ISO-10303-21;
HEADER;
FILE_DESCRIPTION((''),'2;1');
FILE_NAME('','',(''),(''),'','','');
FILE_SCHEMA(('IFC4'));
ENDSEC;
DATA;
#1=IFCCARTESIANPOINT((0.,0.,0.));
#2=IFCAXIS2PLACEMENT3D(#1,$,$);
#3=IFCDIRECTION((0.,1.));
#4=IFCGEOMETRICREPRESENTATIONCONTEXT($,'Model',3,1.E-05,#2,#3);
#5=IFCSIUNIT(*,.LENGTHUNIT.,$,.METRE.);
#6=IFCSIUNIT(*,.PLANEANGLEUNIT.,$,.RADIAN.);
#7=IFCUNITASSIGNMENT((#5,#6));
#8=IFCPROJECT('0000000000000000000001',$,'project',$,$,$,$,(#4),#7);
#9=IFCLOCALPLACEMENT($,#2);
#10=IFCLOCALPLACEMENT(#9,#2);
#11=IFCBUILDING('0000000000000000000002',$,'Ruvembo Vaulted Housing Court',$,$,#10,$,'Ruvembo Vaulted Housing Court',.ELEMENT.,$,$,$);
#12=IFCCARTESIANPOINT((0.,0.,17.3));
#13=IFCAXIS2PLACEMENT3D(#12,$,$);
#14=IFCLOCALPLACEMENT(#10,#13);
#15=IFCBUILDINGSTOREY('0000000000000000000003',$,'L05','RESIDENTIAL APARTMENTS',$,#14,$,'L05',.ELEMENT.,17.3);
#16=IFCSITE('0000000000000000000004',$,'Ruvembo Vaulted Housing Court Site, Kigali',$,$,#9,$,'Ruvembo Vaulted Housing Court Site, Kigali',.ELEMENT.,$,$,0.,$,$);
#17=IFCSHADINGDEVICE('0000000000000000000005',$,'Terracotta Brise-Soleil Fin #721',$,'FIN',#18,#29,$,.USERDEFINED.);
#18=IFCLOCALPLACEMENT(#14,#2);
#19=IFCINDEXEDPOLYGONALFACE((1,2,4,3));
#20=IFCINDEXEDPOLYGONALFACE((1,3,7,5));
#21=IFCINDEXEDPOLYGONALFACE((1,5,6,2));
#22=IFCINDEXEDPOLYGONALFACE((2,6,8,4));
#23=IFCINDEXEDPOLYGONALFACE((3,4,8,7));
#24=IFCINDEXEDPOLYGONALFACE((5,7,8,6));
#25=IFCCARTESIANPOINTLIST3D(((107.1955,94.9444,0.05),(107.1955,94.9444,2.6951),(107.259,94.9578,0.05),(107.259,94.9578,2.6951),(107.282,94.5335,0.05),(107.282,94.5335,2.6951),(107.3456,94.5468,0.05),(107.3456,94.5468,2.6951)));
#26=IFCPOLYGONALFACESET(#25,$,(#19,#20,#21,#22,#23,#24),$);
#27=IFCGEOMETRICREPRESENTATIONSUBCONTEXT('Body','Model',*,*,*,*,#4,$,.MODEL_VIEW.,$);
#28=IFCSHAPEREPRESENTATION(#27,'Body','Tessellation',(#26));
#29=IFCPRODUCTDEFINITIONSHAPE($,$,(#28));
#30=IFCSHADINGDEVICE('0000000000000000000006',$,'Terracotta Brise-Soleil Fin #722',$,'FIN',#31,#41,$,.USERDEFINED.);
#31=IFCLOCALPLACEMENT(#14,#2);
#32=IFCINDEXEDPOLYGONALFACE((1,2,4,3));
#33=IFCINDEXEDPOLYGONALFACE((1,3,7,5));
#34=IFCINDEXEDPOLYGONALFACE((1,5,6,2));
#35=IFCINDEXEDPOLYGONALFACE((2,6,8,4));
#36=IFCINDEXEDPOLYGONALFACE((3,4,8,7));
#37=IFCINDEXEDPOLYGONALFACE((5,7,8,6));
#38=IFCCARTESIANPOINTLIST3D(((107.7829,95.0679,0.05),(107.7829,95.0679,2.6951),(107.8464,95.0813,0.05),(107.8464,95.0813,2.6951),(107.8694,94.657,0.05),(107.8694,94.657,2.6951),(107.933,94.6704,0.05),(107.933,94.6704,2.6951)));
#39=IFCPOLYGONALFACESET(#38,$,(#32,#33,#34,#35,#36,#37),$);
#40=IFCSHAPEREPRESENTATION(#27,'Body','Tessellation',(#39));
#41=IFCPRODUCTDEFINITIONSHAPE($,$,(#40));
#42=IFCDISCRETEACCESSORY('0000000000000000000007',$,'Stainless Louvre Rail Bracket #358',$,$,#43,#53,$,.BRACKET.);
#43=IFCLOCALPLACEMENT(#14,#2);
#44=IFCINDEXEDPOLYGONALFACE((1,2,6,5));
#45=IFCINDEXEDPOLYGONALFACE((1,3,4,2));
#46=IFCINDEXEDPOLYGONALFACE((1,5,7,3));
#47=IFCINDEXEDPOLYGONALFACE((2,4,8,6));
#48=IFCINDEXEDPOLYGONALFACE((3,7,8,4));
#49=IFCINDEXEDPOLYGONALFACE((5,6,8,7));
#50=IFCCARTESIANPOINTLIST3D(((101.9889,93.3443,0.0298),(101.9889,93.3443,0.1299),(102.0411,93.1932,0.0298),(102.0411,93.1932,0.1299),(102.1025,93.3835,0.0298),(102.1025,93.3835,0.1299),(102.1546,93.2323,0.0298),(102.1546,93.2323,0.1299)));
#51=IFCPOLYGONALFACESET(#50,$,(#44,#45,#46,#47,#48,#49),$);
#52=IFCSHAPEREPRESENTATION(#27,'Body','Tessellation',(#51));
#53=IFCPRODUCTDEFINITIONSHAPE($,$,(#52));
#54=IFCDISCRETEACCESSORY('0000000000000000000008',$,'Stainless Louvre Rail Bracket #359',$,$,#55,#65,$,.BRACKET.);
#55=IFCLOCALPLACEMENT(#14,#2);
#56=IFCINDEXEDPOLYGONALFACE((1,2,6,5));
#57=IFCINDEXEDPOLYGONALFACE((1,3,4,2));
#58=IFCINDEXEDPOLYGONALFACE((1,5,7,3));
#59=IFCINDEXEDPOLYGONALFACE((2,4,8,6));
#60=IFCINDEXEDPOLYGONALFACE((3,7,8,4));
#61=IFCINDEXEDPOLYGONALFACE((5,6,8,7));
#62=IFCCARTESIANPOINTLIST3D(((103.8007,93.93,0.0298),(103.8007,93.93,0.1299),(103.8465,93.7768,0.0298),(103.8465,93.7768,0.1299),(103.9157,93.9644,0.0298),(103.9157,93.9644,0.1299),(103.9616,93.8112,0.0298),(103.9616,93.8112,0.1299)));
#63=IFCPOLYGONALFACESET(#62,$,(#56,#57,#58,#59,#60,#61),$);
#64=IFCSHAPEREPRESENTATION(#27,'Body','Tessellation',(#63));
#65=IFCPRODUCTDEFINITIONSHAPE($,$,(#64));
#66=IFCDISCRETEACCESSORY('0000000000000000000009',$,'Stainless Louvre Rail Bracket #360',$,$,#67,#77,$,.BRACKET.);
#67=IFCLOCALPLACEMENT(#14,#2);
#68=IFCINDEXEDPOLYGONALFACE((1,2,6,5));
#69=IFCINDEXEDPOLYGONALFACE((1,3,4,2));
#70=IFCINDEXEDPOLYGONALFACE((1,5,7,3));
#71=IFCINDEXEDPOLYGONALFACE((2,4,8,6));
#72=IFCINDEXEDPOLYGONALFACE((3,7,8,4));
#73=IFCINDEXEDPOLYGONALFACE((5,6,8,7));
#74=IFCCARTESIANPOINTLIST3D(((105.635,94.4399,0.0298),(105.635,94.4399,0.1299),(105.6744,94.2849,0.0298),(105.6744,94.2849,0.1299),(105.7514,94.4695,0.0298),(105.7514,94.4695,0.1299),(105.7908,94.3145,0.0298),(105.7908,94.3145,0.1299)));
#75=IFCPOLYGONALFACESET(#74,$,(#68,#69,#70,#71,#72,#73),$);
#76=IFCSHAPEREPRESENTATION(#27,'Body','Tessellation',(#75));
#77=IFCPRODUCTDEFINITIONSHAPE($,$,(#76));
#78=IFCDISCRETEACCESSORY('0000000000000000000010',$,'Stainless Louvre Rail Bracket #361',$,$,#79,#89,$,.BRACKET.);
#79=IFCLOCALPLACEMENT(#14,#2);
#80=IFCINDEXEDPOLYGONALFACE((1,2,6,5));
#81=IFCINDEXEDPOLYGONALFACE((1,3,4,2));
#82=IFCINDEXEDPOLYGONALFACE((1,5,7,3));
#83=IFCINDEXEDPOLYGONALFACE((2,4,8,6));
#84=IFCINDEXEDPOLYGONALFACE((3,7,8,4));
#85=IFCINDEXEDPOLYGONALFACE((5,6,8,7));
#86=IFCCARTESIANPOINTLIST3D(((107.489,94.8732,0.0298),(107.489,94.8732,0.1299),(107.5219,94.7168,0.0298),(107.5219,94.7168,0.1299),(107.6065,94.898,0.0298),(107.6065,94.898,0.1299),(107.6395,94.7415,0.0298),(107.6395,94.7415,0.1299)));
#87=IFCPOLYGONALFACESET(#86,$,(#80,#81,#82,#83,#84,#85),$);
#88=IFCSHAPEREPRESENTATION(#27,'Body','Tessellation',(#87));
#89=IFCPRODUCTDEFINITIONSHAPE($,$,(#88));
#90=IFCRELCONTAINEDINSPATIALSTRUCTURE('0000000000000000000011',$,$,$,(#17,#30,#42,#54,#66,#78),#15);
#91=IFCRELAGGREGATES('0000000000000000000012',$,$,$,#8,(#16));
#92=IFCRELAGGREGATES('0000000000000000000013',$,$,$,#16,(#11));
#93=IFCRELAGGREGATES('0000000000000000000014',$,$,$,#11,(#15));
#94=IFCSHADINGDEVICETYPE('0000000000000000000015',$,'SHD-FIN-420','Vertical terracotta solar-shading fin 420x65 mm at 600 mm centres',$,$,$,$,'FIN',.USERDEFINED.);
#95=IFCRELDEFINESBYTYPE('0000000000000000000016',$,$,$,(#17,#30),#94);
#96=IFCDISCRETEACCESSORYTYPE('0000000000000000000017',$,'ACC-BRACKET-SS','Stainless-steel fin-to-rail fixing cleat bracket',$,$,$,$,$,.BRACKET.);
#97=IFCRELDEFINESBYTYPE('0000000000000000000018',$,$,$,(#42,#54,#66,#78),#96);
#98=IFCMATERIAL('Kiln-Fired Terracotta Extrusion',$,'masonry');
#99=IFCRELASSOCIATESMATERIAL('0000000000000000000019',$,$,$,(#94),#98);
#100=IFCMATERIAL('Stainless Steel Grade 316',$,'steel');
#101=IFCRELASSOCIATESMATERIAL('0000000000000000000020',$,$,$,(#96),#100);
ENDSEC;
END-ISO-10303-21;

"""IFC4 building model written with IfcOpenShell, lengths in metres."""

from ifc_helpers import new_model, si_unit, direction, frame, origin, origin_2d, place, context, subcontext, project, spatial, rectangle, extrude, material, type_object, element, save


model = new_model("IFC4")

# Units and contexts
model_context = context("Model", 3, precision=1e-05, world=origin(), true_north=direction((0.0, 1.0)))
body_context = subcontext(model_context, "Body", "Model", "MODEL_VIEW")
ifc_project = project(units=[si_unit("LENGTHUNIT", "METRE"), si_unit("PLANEANGLEUNIT", "RADIAN")], contexts=[model_context])

# Site, building, storey
site_placement = place(None, origin())
site = spatial("IfcSite", under=ifc_project, at=site_placement, Name="Ruvembo Vaulted Housing Court Site, Kigali", LongName="Ruvembo Vaulted Housing Court Site, Kigali", CompositionType="ELEMENT", RefElevation=0.0)
building_placement = place(site_placement, origin())
building = spatial("IfcBuilding", under=site, at=building_placement, Name="Ruvembo Vaulted Housing Court", LongName="Ruvembo Vaulted Housing Court", CompositionType="ELEMENT")
storey_placement = place(building_placement, frame((0.0, 0.0, 17.3)))
storey = spatial("IfcBuildingStorey", under=building, at=storey_placement, Name="L05", Description="RESIDENTIAL APARTMENTS", LongName="L05", CompositionType="ELEMENT", Elevation=17.3)

# Shading devices
ifc_material_1 = material(Name="Kiln-Fired Terracotta Extrusion", Category="masonry")
shading_device_type = type_object("IfcShadingDeviceType", Name="SHD-FIN-420", Description="Vertical terracotta solar-shading fin 420x65 mm at 600 mm centres", ElementType="FIN", PredefinedType="USERDEFINED", material=ifc_material_1)
for number, where, z_axis, x_axis, name in (
    (1, (107.2705, 94.7456, 0.05), (0.0, 0.0, 1.0), (0.206102, -0.978531, 0.0), "Terracotta Brise-Soleil Fin #721"),
    (2, (107.8579, 94.8691, 0.05), (0.0, 0.0, 1.0), (0.206102, -0.978531, 0.0), "Terracotta Brise-Soleil Fin #722"),
):
    element("IfcShadingDevice", number, at=place(storey_placement, frame(where, z_axis=z_axis, x_axis=x_axis)), inside=storey, type_object=shading_device_type, Name=name, ObjectType="FIN", PredefinedType="USERDEFINED", context=body_context, shape_type="SweptSolid", body=[
        extrude(rectangle(XDim=0.4199, YDim=0.0649, at=origin_2d()), origin(), (0.0, 0.0, 1.0), 2.645),
    ])

# Discrete accessories
ifc_material_2 = material(Name="Stainless Steel Grade 316", Category="steel")
discrete_accessory_type = type_object("IfcDiscreteAccessoryType", Name="ACC-BRACKET-SS", Description="Stainless-steel fin-to-rail fixing cleat bracket", PredefinedType="BRACKET", material=ifc_material_2)
for number, where, z_axis, x_axis, name in (
    (3, (102.0718, 93.2883, 0.0298), (0.0, 0.0, 1.0), (0.32603, -0.945359, 0.0), "Stainless Louvre Rail Bracket #358"),
    (4, (103.8811, 93.8706, 0.0298), (0.0, 0.0, 1.0), (0.286491, -0.958083, 0.0), "Stainless Louvre Rail Bracket #359"),
    (5, (105.7129, 94.3772, 0.0298), (0.0, 0.0, 1.0), (0.246492, -0.969145, 0.0), "Stainless Louvre Rail Bracket #360"),
    (6, (107.5642, 94.8074, 0.0298), (0.0, 0.0, 1.0), (0.206102, -0.978531, 0.0), "Stainless Louvre Rail Bracket #361"),
):
    element("IfcDiscreteAccessory", number, at=place(storey_placement, frame(where, z_axis=z_axis, x_axis=x_axis)), inside=storey, type_object=discrete_accessory_type, Name=name, PredefinedType="BRACKET", context=body_context, shape_type="SweptSolid", body=[
        extrude(rectangle(XDim=0.1599, YDim=0.1201, at=origin_2d()), origin(), (0.0, 0.0, 1.0), 0.1001),
    ])

save(model, "model.ifc")
